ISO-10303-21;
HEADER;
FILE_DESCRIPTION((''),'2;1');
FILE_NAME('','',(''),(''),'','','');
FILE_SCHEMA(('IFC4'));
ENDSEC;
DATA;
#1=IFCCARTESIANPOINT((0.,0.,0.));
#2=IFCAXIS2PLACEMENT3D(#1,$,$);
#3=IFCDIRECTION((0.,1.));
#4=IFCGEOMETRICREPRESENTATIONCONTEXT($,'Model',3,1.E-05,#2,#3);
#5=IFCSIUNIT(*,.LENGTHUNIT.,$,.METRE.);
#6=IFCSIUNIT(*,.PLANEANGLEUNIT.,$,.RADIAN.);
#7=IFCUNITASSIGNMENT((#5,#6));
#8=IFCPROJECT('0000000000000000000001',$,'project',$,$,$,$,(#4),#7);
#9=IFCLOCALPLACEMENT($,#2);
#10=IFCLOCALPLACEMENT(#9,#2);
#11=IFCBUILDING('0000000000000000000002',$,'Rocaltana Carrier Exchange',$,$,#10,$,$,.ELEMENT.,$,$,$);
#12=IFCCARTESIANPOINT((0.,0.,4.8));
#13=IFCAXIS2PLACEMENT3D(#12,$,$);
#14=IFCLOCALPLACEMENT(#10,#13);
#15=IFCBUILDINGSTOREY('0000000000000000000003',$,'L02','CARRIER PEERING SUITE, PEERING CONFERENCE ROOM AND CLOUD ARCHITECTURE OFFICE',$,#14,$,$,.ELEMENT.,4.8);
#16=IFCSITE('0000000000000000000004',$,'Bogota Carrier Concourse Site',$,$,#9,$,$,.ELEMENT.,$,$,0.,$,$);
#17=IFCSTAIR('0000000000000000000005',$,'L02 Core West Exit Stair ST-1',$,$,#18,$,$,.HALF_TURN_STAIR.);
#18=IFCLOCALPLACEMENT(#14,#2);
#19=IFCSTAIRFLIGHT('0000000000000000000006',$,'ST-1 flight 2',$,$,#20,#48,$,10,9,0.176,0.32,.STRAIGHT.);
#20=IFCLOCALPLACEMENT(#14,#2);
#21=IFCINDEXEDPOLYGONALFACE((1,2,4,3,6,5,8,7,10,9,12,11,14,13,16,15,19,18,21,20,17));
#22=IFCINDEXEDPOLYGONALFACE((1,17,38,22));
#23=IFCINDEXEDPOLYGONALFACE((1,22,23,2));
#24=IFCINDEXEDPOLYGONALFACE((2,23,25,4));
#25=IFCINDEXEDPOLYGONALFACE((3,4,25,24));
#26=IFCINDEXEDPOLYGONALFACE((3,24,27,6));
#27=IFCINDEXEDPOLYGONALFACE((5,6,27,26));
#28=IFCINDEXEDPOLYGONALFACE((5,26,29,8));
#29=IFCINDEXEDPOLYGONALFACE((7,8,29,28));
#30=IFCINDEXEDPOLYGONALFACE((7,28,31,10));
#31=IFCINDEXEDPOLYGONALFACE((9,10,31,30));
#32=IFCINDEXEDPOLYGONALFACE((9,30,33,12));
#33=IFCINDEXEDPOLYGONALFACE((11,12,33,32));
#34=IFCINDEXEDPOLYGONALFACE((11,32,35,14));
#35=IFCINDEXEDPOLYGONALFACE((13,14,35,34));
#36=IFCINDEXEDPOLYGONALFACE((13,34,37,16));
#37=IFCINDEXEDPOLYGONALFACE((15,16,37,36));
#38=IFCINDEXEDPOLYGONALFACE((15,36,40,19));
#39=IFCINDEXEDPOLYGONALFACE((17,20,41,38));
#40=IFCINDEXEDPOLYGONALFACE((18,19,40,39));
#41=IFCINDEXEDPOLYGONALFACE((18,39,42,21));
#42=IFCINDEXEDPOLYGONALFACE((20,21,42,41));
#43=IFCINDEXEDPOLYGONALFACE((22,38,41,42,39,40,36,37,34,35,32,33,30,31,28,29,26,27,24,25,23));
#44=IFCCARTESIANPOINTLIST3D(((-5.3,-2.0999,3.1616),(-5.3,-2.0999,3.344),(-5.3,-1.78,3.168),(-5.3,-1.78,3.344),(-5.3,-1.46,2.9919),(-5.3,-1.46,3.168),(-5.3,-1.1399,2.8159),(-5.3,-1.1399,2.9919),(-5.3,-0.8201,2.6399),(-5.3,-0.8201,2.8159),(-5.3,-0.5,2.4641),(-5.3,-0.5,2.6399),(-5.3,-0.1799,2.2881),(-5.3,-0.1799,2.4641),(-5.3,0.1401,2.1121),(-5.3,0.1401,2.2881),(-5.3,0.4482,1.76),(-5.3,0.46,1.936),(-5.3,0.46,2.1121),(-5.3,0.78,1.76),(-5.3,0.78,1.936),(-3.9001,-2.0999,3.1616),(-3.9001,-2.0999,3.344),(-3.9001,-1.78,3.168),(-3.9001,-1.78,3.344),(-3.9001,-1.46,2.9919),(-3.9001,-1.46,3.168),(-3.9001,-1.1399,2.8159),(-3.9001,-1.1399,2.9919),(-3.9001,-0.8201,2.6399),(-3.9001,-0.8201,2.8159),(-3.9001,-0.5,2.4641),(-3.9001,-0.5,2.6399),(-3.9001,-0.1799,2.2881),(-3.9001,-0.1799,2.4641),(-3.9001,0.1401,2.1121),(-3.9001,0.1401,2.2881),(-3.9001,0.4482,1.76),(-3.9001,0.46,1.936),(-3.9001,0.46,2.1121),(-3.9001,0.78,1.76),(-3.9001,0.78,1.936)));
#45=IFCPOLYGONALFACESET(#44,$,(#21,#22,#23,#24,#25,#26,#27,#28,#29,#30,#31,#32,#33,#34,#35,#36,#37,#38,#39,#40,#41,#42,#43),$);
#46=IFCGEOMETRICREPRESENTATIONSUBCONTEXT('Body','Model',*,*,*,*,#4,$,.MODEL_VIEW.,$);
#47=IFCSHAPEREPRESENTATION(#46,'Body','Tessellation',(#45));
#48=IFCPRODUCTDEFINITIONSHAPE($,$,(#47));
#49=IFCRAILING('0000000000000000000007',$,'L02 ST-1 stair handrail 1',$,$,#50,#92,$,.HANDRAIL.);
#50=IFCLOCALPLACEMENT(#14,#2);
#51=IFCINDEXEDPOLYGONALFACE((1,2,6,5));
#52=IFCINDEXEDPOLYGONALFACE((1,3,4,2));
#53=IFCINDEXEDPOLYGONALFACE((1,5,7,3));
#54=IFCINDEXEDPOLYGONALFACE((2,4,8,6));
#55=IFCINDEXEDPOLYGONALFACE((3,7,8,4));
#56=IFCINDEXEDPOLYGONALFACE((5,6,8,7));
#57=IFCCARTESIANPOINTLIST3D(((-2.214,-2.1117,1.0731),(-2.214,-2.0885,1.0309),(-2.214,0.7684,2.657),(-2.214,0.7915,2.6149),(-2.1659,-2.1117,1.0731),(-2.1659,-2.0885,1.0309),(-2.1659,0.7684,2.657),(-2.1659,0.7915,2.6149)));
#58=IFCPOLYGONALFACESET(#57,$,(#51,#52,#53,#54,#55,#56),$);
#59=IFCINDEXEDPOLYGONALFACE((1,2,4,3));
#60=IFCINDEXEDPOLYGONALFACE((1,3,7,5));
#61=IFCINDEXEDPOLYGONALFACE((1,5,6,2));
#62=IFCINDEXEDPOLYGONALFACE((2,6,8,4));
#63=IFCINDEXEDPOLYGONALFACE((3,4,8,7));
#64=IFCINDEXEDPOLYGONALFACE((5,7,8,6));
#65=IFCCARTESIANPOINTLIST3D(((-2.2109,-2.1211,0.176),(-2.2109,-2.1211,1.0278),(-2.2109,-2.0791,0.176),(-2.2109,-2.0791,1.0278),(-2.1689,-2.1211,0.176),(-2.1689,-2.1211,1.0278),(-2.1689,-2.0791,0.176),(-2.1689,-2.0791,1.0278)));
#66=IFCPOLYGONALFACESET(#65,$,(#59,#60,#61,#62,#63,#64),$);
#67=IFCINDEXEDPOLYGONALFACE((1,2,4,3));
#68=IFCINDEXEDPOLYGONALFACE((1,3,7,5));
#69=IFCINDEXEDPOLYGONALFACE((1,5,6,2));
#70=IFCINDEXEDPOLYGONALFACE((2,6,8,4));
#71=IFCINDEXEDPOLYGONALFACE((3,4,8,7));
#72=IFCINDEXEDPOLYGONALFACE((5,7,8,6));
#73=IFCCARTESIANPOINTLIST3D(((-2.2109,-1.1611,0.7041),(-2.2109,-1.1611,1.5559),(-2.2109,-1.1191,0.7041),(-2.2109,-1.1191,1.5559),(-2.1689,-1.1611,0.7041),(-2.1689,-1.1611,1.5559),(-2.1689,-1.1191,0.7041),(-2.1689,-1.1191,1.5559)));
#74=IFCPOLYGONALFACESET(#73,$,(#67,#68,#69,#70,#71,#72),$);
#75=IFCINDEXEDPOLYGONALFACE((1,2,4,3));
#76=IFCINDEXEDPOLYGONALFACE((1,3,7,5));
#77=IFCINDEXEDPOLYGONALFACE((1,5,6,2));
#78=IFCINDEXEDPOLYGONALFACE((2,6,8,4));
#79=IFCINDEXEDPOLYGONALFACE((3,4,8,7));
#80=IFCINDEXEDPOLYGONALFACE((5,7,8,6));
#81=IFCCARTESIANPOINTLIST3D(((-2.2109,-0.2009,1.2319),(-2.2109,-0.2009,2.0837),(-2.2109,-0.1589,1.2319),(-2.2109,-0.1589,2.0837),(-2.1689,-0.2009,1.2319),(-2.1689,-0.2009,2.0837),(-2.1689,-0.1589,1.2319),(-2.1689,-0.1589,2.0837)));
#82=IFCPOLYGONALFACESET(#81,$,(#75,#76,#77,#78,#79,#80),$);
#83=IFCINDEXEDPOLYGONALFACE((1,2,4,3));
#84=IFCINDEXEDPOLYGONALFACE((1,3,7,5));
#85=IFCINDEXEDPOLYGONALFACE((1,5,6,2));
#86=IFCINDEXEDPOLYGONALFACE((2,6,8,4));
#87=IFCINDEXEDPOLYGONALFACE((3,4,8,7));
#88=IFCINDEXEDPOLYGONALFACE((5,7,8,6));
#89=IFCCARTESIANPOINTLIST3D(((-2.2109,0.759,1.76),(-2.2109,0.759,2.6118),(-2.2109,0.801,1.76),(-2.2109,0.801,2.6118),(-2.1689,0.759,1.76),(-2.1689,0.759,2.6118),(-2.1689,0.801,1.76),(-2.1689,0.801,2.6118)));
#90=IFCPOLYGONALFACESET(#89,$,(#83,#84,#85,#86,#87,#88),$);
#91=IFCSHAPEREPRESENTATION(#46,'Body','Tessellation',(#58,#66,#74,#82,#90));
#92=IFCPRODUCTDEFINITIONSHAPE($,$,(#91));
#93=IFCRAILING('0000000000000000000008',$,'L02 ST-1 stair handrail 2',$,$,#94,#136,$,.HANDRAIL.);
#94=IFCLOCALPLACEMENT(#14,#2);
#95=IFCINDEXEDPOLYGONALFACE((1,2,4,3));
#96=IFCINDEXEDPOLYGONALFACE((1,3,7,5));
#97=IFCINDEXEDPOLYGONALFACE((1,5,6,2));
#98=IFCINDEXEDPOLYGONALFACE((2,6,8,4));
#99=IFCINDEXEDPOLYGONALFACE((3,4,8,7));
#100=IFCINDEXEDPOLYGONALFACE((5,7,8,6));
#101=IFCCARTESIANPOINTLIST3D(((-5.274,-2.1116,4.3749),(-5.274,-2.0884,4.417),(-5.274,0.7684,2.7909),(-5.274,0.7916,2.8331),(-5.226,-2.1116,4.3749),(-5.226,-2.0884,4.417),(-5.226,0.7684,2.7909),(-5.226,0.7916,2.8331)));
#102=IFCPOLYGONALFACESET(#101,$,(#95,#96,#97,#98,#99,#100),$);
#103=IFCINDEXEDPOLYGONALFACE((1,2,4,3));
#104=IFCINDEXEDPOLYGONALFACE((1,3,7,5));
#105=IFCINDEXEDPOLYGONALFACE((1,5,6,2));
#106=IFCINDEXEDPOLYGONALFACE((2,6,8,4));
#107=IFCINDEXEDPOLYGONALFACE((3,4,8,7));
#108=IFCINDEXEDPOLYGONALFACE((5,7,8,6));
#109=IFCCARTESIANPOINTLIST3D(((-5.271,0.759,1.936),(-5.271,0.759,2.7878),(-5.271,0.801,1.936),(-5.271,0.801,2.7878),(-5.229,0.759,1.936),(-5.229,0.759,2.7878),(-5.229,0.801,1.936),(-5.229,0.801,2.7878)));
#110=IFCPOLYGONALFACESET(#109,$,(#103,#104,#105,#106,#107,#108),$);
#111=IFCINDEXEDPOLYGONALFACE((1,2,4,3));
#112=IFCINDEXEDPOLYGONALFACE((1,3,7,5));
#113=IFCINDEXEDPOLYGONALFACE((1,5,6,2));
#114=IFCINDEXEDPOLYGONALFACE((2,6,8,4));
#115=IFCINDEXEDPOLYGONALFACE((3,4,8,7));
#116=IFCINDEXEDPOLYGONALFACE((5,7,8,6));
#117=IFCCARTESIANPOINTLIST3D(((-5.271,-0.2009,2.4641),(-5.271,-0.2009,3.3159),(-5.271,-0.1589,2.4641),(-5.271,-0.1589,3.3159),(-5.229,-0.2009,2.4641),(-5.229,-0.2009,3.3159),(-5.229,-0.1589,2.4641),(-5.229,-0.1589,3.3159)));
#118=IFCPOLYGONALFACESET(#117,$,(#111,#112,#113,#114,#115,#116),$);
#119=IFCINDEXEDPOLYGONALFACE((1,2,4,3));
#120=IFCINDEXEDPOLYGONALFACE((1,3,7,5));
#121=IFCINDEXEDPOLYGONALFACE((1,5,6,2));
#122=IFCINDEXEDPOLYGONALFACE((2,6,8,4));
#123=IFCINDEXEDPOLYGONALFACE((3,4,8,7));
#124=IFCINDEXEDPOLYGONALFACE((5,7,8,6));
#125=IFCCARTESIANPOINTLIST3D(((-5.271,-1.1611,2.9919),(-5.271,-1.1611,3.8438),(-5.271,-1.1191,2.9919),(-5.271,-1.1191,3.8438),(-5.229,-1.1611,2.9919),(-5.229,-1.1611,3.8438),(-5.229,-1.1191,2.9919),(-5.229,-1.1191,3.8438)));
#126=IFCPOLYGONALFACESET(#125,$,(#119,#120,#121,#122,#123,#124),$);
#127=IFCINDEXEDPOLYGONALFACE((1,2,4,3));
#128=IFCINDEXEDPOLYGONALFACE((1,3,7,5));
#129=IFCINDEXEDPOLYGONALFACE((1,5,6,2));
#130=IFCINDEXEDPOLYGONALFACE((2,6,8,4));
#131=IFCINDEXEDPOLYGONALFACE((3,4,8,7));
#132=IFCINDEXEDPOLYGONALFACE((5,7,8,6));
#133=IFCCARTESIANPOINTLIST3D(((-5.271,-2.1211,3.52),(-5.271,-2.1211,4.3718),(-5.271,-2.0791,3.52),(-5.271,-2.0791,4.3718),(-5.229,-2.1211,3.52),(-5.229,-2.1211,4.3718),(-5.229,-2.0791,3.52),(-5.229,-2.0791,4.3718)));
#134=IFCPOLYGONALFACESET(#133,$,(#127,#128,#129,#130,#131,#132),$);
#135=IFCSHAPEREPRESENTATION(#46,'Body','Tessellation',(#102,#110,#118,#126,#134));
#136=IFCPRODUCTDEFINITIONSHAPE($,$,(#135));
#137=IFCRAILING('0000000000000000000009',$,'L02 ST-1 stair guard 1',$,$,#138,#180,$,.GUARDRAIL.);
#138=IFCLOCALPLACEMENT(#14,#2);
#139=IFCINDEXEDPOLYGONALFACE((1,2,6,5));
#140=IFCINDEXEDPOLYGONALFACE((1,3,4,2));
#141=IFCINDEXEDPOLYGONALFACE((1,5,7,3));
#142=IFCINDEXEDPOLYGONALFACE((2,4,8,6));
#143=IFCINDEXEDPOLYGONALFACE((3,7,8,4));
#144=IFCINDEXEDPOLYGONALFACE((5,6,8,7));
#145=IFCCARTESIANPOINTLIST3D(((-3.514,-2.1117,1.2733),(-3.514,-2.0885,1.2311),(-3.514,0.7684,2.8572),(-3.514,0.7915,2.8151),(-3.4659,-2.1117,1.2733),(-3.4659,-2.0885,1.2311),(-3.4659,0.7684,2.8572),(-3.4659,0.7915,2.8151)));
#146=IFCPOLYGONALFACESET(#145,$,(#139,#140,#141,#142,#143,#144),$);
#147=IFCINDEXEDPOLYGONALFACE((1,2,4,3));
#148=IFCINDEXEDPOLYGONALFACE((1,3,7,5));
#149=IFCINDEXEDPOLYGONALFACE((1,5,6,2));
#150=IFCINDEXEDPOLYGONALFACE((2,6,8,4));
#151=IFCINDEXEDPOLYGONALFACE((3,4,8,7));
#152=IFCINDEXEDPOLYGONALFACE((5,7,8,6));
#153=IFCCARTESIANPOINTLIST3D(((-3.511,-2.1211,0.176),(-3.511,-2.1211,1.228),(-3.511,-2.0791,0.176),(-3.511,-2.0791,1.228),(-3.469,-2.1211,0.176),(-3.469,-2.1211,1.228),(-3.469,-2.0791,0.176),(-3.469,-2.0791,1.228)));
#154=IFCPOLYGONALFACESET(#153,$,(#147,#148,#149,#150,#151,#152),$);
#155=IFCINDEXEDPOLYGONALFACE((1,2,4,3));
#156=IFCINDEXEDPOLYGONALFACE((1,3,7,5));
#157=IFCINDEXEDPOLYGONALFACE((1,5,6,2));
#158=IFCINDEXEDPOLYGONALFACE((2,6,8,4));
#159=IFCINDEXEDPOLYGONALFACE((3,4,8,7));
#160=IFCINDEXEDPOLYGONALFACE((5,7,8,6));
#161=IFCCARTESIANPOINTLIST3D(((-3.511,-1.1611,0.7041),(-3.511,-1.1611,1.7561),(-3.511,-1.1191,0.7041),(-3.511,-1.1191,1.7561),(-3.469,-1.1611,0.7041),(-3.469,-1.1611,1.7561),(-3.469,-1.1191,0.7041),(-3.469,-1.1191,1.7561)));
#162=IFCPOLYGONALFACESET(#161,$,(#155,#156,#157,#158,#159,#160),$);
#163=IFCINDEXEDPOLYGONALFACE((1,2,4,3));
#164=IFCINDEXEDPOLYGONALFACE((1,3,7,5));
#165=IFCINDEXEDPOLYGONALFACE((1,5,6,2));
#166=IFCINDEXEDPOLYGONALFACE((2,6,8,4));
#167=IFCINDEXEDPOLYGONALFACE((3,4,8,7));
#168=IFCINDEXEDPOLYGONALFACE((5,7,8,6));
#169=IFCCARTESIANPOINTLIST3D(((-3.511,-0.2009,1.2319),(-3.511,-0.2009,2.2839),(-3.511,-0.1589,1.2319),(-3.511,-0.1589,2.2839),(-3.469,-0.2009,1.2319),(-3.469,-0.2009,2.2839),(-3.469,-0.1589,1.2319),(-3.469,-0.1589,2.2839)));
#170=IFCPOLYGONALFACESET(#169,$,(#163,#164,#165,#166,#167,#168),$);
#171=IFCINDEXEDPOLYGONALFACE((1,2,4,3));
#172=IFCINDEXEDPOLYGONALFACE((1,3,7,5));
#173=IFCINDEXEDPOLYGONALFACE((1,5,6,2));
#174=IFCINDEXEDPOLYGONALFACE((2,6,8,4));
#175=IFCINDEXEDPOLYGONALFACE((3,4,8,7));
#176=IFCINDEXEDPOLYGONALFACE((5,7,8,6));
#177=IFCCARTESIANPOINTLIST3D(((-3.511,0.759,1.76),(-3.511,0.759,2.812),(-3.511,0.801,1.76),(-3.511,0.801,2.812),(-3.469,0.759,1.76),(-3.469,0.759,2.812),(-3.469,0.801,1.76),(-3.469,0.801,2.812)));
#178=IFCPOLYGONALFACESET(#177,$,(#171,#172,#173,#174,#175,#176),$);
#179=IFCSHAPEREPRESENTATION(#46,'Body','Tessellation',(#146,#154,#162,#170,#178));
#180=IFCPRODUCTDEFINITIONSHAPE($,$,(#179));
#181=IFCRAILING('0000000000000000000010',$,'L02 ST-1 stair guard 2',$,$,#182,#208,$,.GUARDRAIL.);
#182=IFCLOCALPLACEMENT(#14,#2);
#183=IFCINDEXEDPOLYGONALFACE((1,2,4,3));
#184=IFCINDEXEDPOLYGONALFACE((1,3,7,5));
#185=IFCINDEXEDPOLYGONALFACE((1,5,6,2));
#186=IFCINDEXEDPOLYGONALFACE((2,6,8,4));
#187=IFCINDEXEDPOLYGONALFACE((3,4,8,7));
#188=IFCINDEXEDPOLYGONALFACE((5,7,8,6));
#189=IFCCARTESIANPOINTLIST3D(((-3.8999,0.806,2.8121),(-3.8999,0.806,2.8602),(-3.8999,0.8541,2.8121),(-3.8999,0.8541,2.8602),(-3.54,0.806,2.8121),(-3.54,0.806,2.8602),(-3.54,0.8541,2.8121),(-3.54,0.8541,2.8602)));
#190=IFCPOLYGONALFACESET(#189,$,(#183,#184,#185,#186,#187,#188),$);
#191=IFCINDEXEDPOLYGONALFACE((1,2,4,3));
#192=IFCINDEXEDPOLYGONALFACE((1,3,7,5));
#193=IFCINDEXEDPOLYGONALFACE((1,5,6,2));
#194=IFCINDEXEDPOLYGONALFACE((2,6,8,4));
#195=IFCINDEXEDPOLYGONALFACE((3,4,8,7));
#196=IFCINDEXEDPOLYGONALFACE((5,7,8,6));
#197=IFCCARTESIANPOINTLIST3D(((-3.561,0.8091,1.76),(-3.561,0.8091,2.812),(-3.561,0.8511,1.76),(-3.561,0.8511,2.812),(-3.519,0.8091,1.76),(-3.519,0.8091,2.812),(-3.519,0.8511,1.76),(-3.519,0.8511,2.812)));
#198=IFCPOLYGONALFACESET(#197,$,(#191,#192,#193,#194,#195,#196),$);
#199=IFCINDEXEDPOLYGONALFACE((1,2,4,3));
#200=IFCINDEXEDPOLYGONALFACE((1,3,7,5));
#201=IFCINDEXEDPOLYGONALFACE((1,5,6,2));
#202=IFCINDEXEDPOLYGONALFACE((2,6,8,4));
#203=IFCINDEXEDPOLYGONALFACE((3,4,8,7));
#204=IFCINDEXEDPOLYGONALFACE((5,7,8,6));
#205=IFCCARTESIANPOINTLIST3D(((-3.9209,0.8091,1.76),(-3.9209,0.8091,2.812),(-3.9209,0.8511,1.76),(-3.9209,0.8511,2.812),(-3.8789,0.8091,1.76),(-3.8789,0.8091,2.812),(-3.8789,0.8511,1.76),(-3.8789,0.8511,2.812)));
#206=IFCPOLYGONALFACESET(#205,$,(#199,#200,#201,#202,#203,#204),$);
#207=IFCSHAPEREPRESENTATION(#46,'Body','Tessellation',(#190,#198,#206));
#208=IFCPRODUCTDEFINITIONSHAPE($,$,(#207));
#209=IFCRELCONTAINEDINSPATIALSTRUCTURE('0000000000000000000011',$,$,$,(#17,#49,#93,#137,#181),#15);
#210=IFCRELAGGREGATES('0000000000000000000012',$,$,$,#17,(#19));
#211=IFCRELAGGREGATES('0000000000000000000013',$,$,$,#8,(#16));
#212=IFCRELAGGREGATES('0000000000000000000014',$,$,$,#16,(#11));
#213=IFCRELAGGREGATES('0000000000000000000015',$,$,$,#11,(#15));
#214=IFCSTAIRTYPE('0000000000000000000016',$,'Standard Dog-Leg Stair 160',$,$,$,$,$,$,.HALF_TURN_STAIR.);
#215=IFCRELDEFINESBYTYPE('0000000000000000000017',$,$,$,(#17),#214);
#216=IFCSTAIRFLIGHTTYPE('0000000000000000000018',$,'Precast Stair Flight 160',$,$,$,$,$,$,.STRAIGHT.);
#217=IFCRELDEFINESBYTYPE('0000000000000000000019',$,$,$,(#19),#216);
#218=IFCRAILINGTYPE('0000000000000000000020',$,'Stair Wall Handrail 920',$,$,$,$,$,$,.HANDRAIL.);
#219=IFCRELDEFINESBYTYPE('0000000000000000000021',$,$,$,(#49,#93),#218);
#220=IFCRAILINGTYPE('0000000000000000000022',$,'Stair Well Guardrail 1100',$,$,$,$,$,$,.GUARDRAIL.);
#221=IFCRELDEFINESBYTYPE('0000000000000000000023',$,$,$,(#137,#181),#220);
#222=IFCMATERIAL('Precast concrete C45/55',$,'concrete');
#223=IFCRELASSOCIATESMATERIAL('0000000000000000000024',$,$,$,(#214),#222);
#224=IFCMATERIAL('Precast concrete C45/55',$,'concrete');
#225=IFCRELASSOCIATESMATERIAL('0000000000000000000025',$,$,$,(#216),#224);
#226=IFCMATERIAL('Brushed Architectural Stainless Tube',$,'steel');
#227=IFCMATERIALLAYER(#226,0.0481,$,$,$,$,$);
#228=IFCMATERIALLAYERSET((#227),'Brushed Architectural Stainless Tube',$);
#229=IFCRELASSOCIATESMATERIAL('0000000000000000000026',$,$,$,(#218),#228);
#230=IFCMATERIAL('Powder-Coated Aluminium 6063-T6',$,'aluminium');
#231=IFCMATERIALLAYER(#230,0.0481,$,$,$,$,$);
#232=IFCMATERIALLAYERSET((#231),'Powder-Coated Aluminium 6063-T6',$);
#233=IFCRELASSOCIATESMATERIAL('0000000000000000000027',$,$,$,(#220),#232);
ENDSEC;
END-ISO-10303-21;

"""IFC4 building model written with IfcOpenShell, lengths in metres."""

from ifc_helpers import new_model, si_unit, direction, frame, origin, origin_2d, place, context, subcontext, project, spatial, polyline, rectangle, outline, extrude, material, layer, layer_set, type_object, element, aggregate, save


model = new_model("IFC4")

# Units and contexts
model_context = context("Model", 3, precision=1e-05, world=origin(), true_north=direction((0.0, 1.0)))
body_context = subcontext(model_context, "Body", "Model", "MODEL_VIEW")
ifc_project = project(units=[si_unit("LENGTHUNIT", "METRE"), si_unit("PLANEANGLEUNIT", "RADIAN")], contexts=[model_context])

# Site, building, storey
site_placement = place(None, origin())
site = spatial("IfcSite", under=ifc_project, at=site_placement, Name="Bogota Carrier Concourse Site", CompositionType="ELEMENT", RefElevation=0.0)
building_placement = place(site_placement, origin())
building = spatial("IfcBuilding", under=site, at=building_placement, Name="Rocaltana Carrier Exchange", CompositionType="ELEMENT")
storey_placement = place(building_placement, frame((0.0, 0.0, 4.8)))
storey = spatial("IfcBuildingStorey", under=building, at=storey_placement, Name="L02", Description="CARRIER PEERING SUITE, PEERING CONFERENCE ROOM AND CLOUD ARCHITECTURE OFFICE", CompositionType="ELEMENT", Elevation=4.8)

# Stair, stair flight
ifc_material_1 = material(Name="Precast concrete C45/55", Category="concrete")
stair_type = type_object("IfcStairType", Name="Standard Dog-Leg Stair 160", PredefinedType="HALF_TURN_STAIR", material=ifc_material_1)
stair_placement = place(storey_placement, origin())
stair = element("IfcStair", 1, at=stair_placement, inside=storey, type_object=stair_type, Name="L02 Core West Exit Stair ST-1", PredefinedType="HALF_TURN_STAIR")
ifc_material_2 = material(Name="Precast concrete C45/55", Category="concrete")
stair_flight_type = type_object("IfcStairFlightType", Name="Precast Stair Flight 160", PredefinedType="STRAIGHT", material=ifc_material_2)
stair_flight_1_placement = place(storey_placement, frame((-4.6001, 0.78, 1.76), z_axis=(0.0, 0.0, 1.0), x_axis=(0.0, -1.0, 0.0)))
stair_flight_1 = element("IfcStairFlight", 2, at=stair_flight_1_placement, type_object=stair_flight_type, Name="ST-1 flight 2", NumberOfRisers=10, NumberOfTreads=9, PredefinedType="STRAIGHT", RiserHeight=0.176, TreadLength=0.32, context=body_context, shape_type="SweptSolid", body=[
    extrude(outline(polyline([(0.0, 0.0), (0.0, 0.176), (0.3201, 0.176), (0.3201, 0.3521), (0.6399, 0.3521), (0.6399, 0.5281), (0.96, 0.5281), (0.96, 0.7041), (1.28, 0.7041), (1.28, 0.8799), (1.6001, 0.8799), (1.6001, 1.0559), (1.9199, 1.0559), (1.9199, 1.2319), (2.24, 1.2319), (2.24, 1.408), (2.5601, 1.408), (2.5601, 1.584), (2.8799, 1.584), (2.8799, 1.76), (2.8799, 1.4016), (0.3318, 0.0), (0.0, 0.0)])), frame((0.0, 0.7, 0.0), z_axis=(0.0, -1.0, 0.0), x_axis=(1.0, 0.0, 0.0)), (0.0, 0.0, 1.0), 1.3999),
])
aggregate(stair, [stair_flight_1])

# Railings
ifc_material_3 = material(Name="Brushed Architectural Stainless Tube", Category="steel")
ifc_layer_1 = layer(ifc_material_3, 0.0481)
ifc_layer_set_1 = layer_set([ifc_layer_1], Name="Brushed Architectural Stainless Tube")
railing_type_1 = type_object("IfcRailingType", Name="Stair Wall Handrail 920", PredefinedType="HANDRAIL", material=ifc_layer_set_1)
railing_1_placement = place(storey_placement, frame((-2.1899, -2.1001, 0.176)))
element("IfcRailing", 3, at=railing_1_placement, inside=storey, type_object=railing_type_1, Name="L02 ST-1 stair handrail 1", PredefinedType="HANDRAIL", context=body_context, shape_type="SweptSolid", body=[
    extrude(rectangle(XDim=0.0481, YDim=0.0481, at=origin_2d()), frame((0.0, 0.0, 0.876), z_axis=(0.0, 0.876227, 0.481899), x_axis=(-1.0, 0.0, 0.0)), (0.0, 0.0, 1.0), 3.2869),
    extrude(rectangle(XDim=0.042, YDim=0.042, at=origin_2d()), origin(), (0.0, 0.0, 1.0), 0.8518),
    extrude(rectangle(XDim=0.042, YDim=0.042, at=origin_2d()), frame((0.0, 0.96, 0.5281)), (0.0, 0.0, 1.0), 0.8518),
    extrude(rectangle(XDim=0.042, YDim=0.042, at=origin_2d()), frame((0.0, 1.9202, 1.0559)), (0.0, 0.0, 1.0), 0.8518),
    extrude(rectangle(XDim=0.042, YDim=0.042, at=origin_2d()), frame((0.0, 2.8801, 1.584)), (0.0, 0.0, 1.0), 0.8518),
])
railing_2_placement = place(storey_placement, frame((-5.25, 0.78, 1.936)))
element("IfcRailing", 4, at=railing_2_placement, inside=storey, type_object=railing_type_1, Name="L02 ST-1 stair handrail 2", PredefinedType="HANDRAIL", context=body_context, shape_type="SweptSolid", body=[
    extrude(rectangle(XDim=0.0481, YDim=0.0481, at=origin_2d()), frame((0.0, 0.0, 0.876), z_axis=(0.0, -0.876227, 0.481899), x_axis=(1.0, 0.0, 0.0)), (0.0, 0.0, 1.0), 3.2869),
    extrude(rectangle(XDim=0.042, YDim=0.042, at=origin_2d()), origin(), (0.0, 0.0, 1.0), 0.8518),
    extrude(rectangle(XDim=0.042, YDim=0.042, at=origin_2d()), frame((0.0, -0.96, 0.5281)), (0.0, 0.0, 1.0), 0.8518),
    extrude(rectangle(XDim=0.042, YDim=0.042, at=origin_2d()), frame((0.0, -1.9202, 1.0559)), (0.0, 0.0, 1.0), 0.8518),
    extrude(rectangle(XDim=0.042, YDim=0.042, at=origin_2d()), frame((0.0, -2.8801, 1.584)), (0.0, 0.0, 1.0), 0.8518),
])
ifc_material_4 = material(Name="Powder-Coated Aluminium 6063-T6", Category="aluminium")
ifc_layer_2 = layer(ifc_material_4, 0.0481)
ifc_layer_set_2 = layer_set([ifc_layer_2], Name="Powder-Coated Aluminium 6063-T6")
railing_type_2 = type_object("IfcRailingType", Name="Stair Well Guardrail 1100", PredefinedType="GUARDRAIL", material=ifc_layer_set_2)
railing_3_placement = place(storey_placement, frame((-3.49, -2.1001, 0.176)))
element("IfcRailing", 5, at=railing_3_placement, inside=storey, type_object=railing_type_2, Name="L02 ST-1 stair guard 1", PredefinedType="GUARDRAIL", context=body_context, shape_type="SweptSolid", body=[
    extrude(rectangle(XDim=0.0481, YDim=0.0481, at=origin_2d()), frame((0.0, 0.0, 1.0762), z_axis=(0.0, 0.876227, 0.481899), x_axis=(-1.0, 0.0, 0.0)), (0.0, 0.0, 1.0), 3.2869),
    extrude(rectangle(XDim=0.042, YDim=0.042, at=origin_2d()), origin(), (0.0, 0.0, 1.0), 1.052),
    extrude(rectangle(XDim=0.042, YDim=0.042, at=origin_2d()), frame((0.0, 0.96, 0.5281)), (0.0, 0.0, 1.0), 1.052),
    extrude(rectangle(XDim=0.042, YDim=0.042, at=origin_2d()), frame((0.0, 1.9202, 1.0559)), (0.0, 0.0, 1.0), 1.052),
    extrude(rectangle(XDim=0.042, YDim=0.042, at=origin_2d()), frame((0.0, 2.8801, 1.584)), (0.0, 0.0, 1.0), 1.052),
])
railing_4_placement = place(storey_placement, frame((-3.54, 0.8301, 1.76)))
element("IfcRailing", 6, at=railing_4_placement, inside=storey, type_object=railing_type_2, Name="L02 ST-1 stair guard 2", PredefinedType="GUARDRAIL", context=body_context, shape_type="SweptSolid", body=[
    extrude(rectangle(XDim=0.0481, YDim=0.0481, at=origin_2d()), frame((0.0, 0.0, 1.0762), z_axis=(-1.0, 0.0, 0.0), x_axis=(0.0, -1.0, 0.0)), (0.0, 0.0, 1.0), 0.3599),
    extrude(rectangle(XDim=0.042, YDim=0.042, at=origin_2d()), origin(), (0.0, 0.0, 1.0), 1.052),
    extrude(rectangle(XDim=0.042, YDim=0.042, at=origin_2d()), frame((-0.3599, 0.0, 0.0)), (0.0, 0.0, 1.0), 1.052),
])

save(model, "model.ifc")
